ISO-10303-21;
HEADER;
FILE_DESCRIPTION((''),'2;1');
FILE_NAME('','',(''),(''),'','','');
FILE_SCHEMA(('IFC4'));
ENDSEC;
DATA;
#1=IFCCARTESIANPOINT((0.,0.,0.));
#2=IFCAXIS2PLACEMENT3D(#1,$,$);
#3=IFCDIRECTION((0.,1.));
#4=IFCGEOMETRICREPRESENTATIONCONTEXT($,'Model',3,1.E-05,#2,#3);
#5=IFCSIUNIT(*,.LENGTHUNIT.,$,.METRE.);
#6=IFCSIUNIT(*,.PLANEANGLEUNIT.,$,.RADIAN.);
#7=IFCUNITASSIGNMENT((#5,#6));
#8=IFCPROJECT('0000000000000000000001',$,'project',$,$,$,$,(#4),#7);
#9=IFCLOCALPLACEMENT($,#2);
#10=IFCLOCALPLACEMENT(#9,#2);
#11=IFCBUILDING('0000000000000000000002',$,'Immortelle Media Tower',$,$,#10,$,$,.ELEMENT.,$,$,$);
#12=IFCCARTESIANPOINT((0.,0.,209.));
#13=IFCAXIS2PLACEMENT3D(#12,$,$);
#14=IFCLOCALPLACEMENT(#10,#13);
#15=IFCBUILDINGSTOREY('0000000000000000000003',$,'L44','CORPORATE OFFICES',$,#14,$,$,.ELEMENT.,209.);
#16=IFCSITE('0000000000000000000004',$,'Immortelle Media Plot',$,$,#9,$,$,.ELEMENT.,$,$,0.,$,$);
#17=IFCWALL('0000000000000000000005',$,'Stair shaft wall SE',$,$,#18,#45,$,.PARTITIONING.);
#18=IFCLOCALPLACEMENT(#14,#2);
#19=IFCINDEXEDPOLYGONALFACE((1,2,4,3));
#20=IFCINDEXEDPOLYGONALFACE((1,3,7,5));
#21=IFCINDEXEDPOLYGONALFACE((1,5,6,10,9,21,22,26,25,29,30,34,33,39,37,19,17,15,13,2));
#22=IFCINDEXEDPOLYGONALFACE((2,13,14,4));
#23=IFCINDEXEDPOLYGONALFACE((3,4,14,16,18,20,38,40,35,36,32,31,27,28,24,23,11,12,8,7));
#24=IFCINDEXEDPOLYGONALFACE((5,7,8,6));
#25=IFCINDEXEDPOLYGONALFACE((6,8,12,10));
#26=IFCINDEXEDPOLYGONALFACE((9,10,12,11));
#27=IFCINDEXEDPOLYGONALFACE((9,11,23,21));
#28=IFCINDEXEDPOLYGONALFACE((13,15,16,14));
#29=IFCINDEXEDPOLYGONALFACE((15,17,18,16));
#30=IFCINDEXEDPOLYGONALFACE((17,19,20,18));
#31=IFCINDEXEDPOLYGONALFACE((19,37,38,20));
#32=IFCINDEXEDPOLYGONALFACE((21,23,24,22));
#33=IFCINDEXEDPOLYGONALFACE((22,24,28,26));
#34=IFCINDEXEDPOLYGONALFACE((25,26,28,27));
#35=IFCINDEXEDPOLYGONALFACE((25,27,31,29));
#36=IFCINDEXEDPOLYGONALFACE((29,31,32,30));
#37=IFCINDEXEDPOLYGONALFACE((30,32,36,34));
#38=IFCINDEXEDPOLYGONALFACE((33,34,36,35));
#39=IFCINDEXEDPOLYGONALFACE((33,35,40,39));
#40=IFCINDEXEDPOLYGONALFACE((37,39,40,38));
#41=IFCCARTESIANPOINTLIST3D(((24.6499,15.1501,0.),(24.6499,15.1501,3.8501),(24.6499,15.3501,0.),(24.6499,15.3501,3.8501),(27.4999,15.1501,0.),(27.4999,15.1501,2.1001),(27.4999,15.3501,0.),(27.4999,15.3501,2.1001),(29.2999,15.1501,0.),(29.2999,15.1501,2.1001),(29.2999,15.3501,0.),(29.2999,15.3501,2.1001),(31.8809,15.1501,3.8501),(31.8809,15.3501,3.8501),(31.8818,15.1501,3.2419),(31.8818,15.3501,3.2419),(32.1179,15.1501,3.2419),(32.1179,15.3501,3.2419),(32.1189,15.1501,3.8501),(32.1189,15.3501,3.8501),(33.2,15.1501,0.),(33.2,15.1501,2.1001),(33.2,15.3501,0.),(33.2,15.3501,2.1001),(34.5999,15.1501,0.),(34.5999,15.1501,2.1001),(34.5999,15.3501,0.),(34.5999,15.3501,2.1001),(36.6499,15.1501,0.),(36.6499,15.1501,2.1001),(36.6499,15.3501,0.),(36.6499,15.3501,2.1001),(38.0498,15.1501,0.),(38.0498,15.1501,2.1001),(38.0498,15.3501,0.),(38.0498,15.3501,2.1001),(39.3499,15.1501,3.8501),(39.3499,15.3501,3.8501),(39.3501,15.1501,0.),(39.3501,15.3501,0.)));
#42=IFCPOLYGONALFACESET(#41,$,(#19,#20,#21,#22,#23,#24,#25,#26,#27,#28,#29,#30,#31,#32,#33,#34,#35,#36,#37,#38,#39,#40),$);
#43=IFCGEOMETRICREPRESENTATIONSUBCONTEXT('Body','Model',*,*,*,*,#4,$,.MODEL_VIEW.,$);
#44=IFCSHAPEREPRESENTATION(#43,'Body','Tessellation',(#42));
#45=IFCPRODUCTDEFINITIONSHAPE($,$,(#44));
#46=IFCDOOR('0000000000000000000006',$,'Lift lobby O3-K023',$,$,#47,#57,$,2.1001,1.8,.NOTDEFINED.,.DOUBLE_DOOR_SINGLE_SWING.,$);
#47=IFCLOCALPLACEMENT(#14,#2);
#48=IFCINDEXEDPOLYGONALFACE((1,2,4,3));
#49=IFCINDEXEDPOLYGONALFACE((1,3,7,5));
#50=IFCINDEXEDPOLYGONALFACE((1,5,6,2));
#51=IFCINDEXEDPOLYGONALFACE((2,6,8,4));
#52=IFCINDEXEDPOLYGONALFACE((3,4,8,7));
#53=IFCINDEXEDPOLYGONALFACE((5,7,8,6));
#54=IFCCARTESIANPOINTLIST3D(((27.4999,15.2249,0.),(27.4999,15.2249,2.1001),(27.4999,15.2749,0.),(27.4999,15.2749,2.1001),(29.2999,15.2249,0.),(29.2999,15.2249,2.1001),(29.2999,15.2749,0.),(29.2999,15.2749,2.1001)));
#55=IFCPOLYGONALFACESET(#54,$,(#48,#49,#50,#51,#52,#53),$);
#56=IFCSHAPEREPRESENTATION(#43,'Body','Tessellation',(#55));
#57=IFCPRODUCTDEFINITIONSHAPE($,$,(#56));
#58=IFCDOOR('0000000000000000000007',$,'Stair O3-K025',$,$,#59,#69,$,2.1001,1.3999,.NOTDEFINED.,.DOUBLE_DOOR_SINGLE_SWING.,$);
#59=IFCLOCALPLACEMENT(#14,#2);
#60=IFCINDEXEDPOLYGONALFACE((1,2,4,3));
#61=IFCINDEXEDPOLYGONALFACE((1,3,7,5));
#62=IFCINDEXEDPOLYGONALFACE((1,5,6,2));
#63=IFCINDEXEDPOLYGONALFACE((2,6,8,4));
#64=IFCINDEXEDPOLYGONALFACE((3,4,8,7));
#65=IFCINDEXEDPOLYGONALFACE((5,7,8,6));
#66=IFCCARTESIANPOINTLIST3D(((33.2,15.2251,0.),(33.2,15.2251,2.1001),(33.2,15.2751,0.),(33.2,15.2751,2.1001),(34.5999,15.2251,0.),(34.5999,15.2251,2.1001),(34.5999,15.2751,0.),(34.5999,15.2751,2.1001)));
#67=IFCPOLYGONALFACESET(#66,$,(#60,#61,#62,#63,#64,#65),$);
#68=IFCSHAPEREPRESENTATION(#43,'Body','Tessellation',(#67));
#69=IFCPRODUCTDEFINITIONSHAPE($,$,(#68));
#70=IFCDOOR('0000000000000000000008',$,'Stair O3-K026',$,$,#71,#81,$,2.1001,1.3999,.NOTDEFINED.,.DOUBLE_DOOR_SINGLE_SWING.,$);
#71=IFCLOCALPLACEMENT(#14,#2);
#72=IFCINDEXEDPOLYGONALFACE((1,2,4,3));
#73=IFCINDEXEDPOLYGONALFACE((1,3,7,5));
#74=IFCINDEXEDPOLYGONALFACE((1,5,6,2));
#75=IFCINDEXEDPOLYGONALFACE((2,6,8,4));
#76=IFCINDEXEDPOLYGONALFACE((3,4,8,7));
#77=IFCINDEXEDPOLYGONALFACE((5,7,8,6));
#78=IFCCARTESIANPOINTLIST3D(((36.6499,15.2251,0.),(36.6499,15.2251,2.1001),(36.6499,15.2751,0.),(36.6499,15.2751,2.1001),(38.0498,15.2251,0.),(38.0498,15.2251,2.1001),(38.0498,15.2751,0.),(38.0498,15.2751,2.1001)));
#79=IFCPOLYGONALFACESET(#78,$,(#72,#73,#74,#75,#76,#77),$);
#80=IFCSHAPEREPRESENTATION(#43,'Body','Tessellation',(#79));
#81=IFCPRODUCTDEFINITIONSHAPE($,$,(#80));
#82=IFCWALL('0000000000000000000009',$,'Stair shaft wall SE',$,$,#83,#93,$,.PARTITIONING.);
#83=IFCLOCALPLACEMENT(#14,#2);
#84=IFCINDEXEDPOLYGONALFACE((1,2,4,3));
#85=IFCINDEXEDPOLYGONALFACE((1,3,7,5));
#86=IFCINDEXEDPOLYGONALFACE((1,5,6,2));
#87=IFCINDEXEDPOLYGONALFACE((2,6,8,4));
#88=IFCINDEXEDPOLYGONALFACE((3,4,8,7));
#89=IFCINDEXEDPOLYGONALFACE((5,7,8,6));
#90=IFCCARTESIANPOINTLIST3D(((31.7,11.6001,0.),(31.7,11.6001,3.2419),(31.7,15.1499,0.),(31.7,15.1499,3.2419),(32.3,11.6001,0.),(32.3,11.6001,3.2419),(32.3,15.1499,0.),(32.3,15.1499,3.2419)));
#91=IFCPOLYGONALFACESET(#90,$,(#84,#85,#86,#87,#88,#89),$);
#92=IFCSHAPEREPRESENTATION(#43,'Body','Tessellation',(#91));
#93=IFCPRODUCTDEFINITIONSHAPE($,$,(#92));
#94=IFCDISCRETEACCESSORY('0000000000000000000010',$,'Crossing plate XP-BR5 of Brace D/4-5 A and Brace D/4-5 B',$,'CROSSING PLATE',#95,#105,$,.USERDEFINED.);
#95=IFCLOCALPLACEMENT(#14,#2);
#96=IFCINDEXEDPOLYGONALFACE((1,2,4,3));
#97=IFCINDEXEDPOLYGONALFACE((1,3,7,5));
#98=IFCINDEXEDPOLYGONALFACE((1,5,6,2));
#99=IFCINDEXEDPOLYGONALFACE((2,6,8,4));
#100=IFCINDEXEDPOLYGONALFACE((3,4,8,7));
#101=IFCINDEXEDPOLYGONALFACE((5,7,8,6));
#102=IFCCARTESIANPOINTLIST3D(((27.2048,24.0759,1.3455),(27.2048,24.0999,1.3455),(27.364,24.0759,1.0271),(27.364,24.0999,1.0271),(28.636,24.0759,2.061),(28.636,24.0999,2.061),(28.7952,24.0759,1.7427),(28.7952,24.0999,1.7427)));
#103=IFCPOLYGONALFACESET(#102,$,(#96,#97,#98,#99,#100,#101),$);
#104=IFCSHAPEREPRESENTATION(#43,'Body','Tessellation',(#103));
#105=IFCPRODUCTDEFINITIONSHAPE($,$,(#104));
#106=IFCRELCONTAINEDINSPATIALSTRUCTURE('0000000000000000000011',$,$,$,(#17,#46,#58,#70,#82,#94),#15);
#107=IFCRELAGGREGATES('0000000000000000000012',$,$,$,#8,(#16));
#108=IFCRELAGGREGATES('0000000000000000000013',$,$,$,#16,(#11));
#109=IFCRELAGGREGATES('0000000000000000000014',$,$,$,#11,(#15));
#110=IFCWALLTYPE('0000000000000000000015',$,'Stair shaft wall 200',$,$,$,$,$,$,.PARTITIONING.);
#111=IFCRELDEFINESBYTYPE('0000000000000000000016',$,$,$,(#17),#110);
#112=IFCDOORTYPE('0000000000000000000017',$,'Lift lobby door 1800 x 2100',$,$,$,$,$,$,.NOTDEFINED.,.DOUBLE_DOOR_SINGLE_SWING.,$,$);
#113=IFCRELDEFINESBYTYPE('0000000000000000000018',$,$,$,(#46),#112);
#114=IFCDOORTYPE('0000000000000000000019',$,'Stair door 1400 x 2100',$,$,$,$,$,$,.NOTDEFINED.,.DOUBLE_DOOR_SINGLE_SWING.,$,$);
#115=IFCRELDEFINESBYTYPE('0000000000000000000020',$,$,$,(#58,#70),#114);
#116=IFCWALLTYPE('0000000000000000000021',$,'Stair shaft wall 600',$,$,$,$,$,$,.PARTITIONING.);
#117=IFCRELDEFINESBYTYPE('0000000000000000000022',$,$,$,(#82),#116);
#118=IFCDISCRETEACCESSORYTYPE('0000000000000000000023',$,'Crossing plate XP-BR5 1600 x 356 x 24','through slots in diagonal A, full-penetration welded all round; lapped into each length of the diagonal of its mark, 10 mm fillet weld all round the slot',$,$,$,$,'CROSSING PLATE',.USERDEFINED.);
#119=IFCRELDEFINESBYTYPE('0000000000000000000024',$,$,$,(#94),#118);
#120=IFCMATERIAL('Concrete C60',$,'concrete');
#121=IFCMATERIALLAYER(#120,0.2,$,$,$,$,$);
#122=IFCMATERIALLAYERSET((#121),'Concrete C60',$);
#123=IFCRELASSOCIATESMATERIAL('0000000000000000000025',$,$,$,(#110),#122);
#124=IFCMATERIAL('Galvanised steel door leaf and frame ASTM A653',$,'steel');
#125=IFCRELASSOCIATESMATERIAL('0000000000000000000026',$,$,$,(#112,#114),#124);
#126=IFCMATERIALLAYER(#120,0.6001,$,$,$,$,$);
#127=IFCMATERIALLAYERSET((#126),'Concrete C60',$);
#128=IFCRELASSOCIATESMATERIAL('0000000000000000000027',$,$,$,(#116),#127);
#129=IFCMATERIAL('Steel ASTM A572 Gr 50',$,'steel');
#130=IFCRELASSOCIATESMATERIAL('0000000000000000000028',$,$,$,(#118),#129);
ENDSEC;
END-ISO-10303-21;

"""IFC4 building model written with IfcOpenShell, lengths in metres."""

from ifc_helpers import new_model, si_unit, direction, frame, frame_2d, origin, origin_2d, place, context, subcontext, project, spatial, polyline, rectangle, outline, extrude, material, layer, layer_set, material_profile, profile_set, type_object, element, fill, save


model = new_model("IFC4")

# Units and contexts
model_context = context("Model", 3, precision=1e-05, world=origin(), true_north=direction((0.0, 1.0)))
body_context = subcontext(model_context, "Body", "Model", "MODEL_VIEW")
ifc_project = project(units=[si_unit("LENGTHUNIT", "METRE"), si_unit("PLANEANGLEUNIT", "RADIAN")], contexts=[model_context])

# Site, building, storey
site_placement = place(None, origin())
site = spatial("IfcSite", under=ifc_project, at=site_placement, Name="Immortelle Media Plot", CompositionType="ELEMENT", RefElevation=0.0)
building_placement = place(site_placement, origin())
building = spatial("IfcBuilding", under=site, at=building_placement, Name="Immortelle Media Tower", CompositionType="ELEMENT")
storey_placement = place(building_placement, frame((0.0, 0.0, 209.0)))
storey = spatial("IfcBuildingStorey", under=building, at=storey_placement, Name="L44", Description="CORPORATE OFFICES", CompositionType="ELEMENT", Elevation=209.0)

# Shared definitions
ifc_material_1 = material(Name="Galvanised steel door leaf and frame ASTM A653", Category="steel")

# Wall, openings, doors
ifc_material_2 = material(Name="Concrete C60", Category="concrete")
ifc_layer_1 = layer(ifc_material_2, 0.2)
ifc_layer_set_1 = layer_set([ifc_layer_1], Name="Concrete C60")
wall_type_1 = type_object("IfcWallType", Name="Stair shaft wall 200", PredefinedType="PARTITIONING", material=ifc_layer_set_1)
wall_1_placement = place(storey_placement, frame((24.6499, 15.25, 0.0), z_axis=(0.0, 0.0, 1.0), x_axis=(1.0, 0.0, 0.0)))
wall_1 = element("IfcWall", 1, at=wall_1_placement, inside=storey, type_object=wall_type_1, Name="Stair shaft wall SE", PredefinedType="PARTITIONING", context=body_context, shape_type="SweptSolid", body=[
    extrude(outline(polyline([(0.0, 0.0), (14.7002, 0.0), (14.7, 3.8501), (7.469, 3.8501), (7.468, 3.2419), (7.2319, 3.2419), (7.231, 3.8501), (0.0, 3.8501), (0.0, 0.0)])), frame((0.0, 0.1001, 0.0), z_axis=(0.0, -1.0, 0.0), x_axis=(1.0, 0.0, 0.0)), (0.0, 0.0, 1.0), 0.2),
])
opening_1_placement = place(wall_1_placement, frame((2.8501, 0.0, 0.0)))
opening_1 = element("IfcOpeningElement", 2, at=opening_1_placement, cuts=wall_1, PredefinedType="OPENING", context=body_context, shape_type="SweptSolid", body=[
    extrude(rectangle(XDim=1.8, YDim=2.1001, at=frame_2d((0.8999, 1.05))), frame((0.0, 0.1099, 0.0), z_axis=(0.0, -1.0, 0.0), x_axis=(1.0, 0.0, 0.0)), (0.0, 0.0, 1.0), 0.22),
])
opening_2_placement = place(wall_1_placement, frame((9.95, 0.0, 0.0), z_axis=(0.0, 0.0, 1.0), x_axis=(-1.0, 0.0, 0.0)))
opening_2 = element("IfcOpeningElement", 3, at=opening_2_placement, cuts=wall_1, PredefinedType="OPENING", context=body_context, shape_type="SweptSolid", body=[
    extrude(rectangle(XDim=1.3999, YDim=2.1001, at=frame_2d((0.7, 1.05))), frame((0.0, 0.1099, 0.0), z_axis=(0.0, -1.0, 0.0), x_axis=(1.0, 0.0, 0.0)), (0.0, 0.0, 1.0), 0.22),
])
opening_3_placement = place(wall_1_placement, frame((13.3999, 0.0, 0.0), z_axis=(0.0, 0.0, 1.0), x_axis=(-1.0, 0.0, 0.0)))
opening_3 = element("IfcOpeningElement", 4, at=opening_3_placement, cuts=wall_1, PredefinedType="OPENING", context=body_context, shape_type="SweptSolid", body=[
    extrude(rectangle(XDim=1.3999, YDim=2.1001, at=frame_2d((0.7, 1.05))), frame((0.0, 0.1099, 0.0), z_axis=(0.0, -1.0, 0.0), x_axis=(1.0, 0.0, 0.0)), (0.0, 0.0, 1.0), 0.22),
])
door_type_1 = type_object("IfcDoorType", Name="Lift lobby door 1800 x 2100", OperationType="DOUBLE_DOOR_SINGLE_SWING", PredefinedType="NOTDEFINED", material=ifc_material_1)
door_1_placement = place(opening_1_placement, origin())
door_1 = element("IfcDoor", 5, at=door_1_placement, inside=storey, type_object=door_type_1, Name="Lift lobby O3-K023", OperationType="DOUBLE_DOOR_SINGLE_SWING", OverallHeight=2.1001, OverallWidth=1.8, PredefinedType="NOTDEFINED", context=body_context, shape_type="SweptSolid", body=[
    extrude(rectangle(XDim=1.8, YDim=2.1001, at=frame_2d((0.8999, 1.05))), frame((0.0, 0.0249, 0.0), z_axis=(0.0, -1.0, 0.0), x_axis=(1.0, 0.0, 0.0)), (0.0, 0.0, 1.0), 0.05),
])
fill(opening_1, door_1)
door_type_2 = type_object("IfcDoorType", Name="Stair door 1400 x 2100", OperationType="DOUBLE_DOOR_SINGLE_SWING", PredefinedType="NOTDEFINED", material=ifc_material_1)
door_2_placement = place(opening_2_placement, origin())
door_2 = element("IfcDoor", 6, at=door_2_placement, inside=storey, type_object=door_type_2, Name="Stair O3-K025", OperationType="DOUBLE_DOOR_SINGLE_SWING", OverallHeight=2.1001, OverallWidth=1.3999, PredefinedType="NOTDEFINED", context=body_context, shape_type="SweptSolid", body=[
    extrude(rectangle(XDim=1.3999, YDim=2.1001, at=frame_2d((0.7, 1.05))), frame((0.0, 0.0249, 0.0), z_axis=(0.0, -1.0, 0.0), x_axis=(1.0, 0.0, 0.0)), (0.0, 0.0, 1.0), 0.05),
])
fill(opening_2, door_2)
door_3_placement = place(opening_3_placement, origin())
door_3 = element("IfcDoor", 7, at=door_3_placement, inside=storey, type_object=door_type_2, Name="Stair O3-K026", OperationType="DOUBLE_DOOR_SINGLE_SWING", OverallHeight=2.1001, OverallWidth=1.3999, PredefinedType="NOTDEFINED", context=body_context, shape_type="SweptSolid", body=[
    extrude(rectangle(XDim=1.3999, YDim=2.1001, at=frame_2d((0.7, 1.05))), frame((0.0, 0.0249, 0.0), z_axis=(0.0, -1.0, 0.0), x_axis=(1.0, 0.0, 0.0)), (0.0, 0.0, 1.0), 0.05),
])
fill(opening_3, door_3)

# Wall
ifc_layer_2 = layer(ifc_material_2, 0.6001)
ifc_layer_set_2 = layer_set([ifc_layer_2], Name="Concrete C60")
wall_type_2 = type_object("IfcWallType", Name="Stair shaft wall 600", PredefinedType="PARTITIONING", material=ifc_layer_set_2)
wall_2_placement = place(storey_placement, frame((32.0, 11.6001, 0.0), z_axis=(0.0, 0.0, 1.0), x_axis=(0.0, 1.0, 0.0)))
element("IfcWall", 8, at=wall_2_placement, inside=storey, type_object=wall_type_2, Name="Stair shaft wall SE", PredefinedType="PARTITIONING", context=body_context, shape_type="SweptSolid", body=[
    extrude(rectangle(XDim=3.5498, YDim=0.6001, at=frame_2d((1.7749, 0.0))), origin(), (0.0, 0.0, 1.0), 3.2419),
])

# Discrete accessory
ifc_material_3 = material(Name="Steel ASTM A572 Gr 50", Category="steel")
ifc_material_profile_1 = material_profile(ifc_material_3, rectangle(XDim=0.0239, YDim=0.356, at=origin_2d()), Name="PL 24 x 356")
ifc_profile_set_1 = profile_set([ifc_material_profile_1], Name="Steel ASTM A572 Gr 50")
discrete_accessory_type = type_object("IfcDiscreteAccessoryType", Name="Crossing plate XP-BR5 1600 x 356 x 24", Description="through slots in diagonal A, full-penetration welded all round; lapped into each length of the diagonal of its mark, 10 mm fillet weld all round the slot", ElementType="CROSSING PLATE", PredefinedType="USERDEFINED", material=ifc_profile_set_1)
discrete_accessory_placement = place(storey_placement, frame((28.7156, 24.0879, 1.9019), z_axis=(-0.894427, 0.0, -0.447214), x_axis=(0.0, -1.0, 0.0)))
element("IfcDiscreteAccessory", 9, at=discrete_accessory_placement, inside=storey, type_object=discrete_accessory_type, Name="Crossing plate XP-BR5 of Brace D/4-5 A and Brace D/4-5 B", ObjectType="CROSSING PLATE", PredefinedType="USERDEFINED", context=body_context, shape_type="SweptSolid", body=[
    extrude(rectangle(XDim=0.0239, YDim=0.356, at=origin_2d()), origin(), (0.0, 0.0, 1.0), 1.6001),
])

save(model, "model.ifc")
